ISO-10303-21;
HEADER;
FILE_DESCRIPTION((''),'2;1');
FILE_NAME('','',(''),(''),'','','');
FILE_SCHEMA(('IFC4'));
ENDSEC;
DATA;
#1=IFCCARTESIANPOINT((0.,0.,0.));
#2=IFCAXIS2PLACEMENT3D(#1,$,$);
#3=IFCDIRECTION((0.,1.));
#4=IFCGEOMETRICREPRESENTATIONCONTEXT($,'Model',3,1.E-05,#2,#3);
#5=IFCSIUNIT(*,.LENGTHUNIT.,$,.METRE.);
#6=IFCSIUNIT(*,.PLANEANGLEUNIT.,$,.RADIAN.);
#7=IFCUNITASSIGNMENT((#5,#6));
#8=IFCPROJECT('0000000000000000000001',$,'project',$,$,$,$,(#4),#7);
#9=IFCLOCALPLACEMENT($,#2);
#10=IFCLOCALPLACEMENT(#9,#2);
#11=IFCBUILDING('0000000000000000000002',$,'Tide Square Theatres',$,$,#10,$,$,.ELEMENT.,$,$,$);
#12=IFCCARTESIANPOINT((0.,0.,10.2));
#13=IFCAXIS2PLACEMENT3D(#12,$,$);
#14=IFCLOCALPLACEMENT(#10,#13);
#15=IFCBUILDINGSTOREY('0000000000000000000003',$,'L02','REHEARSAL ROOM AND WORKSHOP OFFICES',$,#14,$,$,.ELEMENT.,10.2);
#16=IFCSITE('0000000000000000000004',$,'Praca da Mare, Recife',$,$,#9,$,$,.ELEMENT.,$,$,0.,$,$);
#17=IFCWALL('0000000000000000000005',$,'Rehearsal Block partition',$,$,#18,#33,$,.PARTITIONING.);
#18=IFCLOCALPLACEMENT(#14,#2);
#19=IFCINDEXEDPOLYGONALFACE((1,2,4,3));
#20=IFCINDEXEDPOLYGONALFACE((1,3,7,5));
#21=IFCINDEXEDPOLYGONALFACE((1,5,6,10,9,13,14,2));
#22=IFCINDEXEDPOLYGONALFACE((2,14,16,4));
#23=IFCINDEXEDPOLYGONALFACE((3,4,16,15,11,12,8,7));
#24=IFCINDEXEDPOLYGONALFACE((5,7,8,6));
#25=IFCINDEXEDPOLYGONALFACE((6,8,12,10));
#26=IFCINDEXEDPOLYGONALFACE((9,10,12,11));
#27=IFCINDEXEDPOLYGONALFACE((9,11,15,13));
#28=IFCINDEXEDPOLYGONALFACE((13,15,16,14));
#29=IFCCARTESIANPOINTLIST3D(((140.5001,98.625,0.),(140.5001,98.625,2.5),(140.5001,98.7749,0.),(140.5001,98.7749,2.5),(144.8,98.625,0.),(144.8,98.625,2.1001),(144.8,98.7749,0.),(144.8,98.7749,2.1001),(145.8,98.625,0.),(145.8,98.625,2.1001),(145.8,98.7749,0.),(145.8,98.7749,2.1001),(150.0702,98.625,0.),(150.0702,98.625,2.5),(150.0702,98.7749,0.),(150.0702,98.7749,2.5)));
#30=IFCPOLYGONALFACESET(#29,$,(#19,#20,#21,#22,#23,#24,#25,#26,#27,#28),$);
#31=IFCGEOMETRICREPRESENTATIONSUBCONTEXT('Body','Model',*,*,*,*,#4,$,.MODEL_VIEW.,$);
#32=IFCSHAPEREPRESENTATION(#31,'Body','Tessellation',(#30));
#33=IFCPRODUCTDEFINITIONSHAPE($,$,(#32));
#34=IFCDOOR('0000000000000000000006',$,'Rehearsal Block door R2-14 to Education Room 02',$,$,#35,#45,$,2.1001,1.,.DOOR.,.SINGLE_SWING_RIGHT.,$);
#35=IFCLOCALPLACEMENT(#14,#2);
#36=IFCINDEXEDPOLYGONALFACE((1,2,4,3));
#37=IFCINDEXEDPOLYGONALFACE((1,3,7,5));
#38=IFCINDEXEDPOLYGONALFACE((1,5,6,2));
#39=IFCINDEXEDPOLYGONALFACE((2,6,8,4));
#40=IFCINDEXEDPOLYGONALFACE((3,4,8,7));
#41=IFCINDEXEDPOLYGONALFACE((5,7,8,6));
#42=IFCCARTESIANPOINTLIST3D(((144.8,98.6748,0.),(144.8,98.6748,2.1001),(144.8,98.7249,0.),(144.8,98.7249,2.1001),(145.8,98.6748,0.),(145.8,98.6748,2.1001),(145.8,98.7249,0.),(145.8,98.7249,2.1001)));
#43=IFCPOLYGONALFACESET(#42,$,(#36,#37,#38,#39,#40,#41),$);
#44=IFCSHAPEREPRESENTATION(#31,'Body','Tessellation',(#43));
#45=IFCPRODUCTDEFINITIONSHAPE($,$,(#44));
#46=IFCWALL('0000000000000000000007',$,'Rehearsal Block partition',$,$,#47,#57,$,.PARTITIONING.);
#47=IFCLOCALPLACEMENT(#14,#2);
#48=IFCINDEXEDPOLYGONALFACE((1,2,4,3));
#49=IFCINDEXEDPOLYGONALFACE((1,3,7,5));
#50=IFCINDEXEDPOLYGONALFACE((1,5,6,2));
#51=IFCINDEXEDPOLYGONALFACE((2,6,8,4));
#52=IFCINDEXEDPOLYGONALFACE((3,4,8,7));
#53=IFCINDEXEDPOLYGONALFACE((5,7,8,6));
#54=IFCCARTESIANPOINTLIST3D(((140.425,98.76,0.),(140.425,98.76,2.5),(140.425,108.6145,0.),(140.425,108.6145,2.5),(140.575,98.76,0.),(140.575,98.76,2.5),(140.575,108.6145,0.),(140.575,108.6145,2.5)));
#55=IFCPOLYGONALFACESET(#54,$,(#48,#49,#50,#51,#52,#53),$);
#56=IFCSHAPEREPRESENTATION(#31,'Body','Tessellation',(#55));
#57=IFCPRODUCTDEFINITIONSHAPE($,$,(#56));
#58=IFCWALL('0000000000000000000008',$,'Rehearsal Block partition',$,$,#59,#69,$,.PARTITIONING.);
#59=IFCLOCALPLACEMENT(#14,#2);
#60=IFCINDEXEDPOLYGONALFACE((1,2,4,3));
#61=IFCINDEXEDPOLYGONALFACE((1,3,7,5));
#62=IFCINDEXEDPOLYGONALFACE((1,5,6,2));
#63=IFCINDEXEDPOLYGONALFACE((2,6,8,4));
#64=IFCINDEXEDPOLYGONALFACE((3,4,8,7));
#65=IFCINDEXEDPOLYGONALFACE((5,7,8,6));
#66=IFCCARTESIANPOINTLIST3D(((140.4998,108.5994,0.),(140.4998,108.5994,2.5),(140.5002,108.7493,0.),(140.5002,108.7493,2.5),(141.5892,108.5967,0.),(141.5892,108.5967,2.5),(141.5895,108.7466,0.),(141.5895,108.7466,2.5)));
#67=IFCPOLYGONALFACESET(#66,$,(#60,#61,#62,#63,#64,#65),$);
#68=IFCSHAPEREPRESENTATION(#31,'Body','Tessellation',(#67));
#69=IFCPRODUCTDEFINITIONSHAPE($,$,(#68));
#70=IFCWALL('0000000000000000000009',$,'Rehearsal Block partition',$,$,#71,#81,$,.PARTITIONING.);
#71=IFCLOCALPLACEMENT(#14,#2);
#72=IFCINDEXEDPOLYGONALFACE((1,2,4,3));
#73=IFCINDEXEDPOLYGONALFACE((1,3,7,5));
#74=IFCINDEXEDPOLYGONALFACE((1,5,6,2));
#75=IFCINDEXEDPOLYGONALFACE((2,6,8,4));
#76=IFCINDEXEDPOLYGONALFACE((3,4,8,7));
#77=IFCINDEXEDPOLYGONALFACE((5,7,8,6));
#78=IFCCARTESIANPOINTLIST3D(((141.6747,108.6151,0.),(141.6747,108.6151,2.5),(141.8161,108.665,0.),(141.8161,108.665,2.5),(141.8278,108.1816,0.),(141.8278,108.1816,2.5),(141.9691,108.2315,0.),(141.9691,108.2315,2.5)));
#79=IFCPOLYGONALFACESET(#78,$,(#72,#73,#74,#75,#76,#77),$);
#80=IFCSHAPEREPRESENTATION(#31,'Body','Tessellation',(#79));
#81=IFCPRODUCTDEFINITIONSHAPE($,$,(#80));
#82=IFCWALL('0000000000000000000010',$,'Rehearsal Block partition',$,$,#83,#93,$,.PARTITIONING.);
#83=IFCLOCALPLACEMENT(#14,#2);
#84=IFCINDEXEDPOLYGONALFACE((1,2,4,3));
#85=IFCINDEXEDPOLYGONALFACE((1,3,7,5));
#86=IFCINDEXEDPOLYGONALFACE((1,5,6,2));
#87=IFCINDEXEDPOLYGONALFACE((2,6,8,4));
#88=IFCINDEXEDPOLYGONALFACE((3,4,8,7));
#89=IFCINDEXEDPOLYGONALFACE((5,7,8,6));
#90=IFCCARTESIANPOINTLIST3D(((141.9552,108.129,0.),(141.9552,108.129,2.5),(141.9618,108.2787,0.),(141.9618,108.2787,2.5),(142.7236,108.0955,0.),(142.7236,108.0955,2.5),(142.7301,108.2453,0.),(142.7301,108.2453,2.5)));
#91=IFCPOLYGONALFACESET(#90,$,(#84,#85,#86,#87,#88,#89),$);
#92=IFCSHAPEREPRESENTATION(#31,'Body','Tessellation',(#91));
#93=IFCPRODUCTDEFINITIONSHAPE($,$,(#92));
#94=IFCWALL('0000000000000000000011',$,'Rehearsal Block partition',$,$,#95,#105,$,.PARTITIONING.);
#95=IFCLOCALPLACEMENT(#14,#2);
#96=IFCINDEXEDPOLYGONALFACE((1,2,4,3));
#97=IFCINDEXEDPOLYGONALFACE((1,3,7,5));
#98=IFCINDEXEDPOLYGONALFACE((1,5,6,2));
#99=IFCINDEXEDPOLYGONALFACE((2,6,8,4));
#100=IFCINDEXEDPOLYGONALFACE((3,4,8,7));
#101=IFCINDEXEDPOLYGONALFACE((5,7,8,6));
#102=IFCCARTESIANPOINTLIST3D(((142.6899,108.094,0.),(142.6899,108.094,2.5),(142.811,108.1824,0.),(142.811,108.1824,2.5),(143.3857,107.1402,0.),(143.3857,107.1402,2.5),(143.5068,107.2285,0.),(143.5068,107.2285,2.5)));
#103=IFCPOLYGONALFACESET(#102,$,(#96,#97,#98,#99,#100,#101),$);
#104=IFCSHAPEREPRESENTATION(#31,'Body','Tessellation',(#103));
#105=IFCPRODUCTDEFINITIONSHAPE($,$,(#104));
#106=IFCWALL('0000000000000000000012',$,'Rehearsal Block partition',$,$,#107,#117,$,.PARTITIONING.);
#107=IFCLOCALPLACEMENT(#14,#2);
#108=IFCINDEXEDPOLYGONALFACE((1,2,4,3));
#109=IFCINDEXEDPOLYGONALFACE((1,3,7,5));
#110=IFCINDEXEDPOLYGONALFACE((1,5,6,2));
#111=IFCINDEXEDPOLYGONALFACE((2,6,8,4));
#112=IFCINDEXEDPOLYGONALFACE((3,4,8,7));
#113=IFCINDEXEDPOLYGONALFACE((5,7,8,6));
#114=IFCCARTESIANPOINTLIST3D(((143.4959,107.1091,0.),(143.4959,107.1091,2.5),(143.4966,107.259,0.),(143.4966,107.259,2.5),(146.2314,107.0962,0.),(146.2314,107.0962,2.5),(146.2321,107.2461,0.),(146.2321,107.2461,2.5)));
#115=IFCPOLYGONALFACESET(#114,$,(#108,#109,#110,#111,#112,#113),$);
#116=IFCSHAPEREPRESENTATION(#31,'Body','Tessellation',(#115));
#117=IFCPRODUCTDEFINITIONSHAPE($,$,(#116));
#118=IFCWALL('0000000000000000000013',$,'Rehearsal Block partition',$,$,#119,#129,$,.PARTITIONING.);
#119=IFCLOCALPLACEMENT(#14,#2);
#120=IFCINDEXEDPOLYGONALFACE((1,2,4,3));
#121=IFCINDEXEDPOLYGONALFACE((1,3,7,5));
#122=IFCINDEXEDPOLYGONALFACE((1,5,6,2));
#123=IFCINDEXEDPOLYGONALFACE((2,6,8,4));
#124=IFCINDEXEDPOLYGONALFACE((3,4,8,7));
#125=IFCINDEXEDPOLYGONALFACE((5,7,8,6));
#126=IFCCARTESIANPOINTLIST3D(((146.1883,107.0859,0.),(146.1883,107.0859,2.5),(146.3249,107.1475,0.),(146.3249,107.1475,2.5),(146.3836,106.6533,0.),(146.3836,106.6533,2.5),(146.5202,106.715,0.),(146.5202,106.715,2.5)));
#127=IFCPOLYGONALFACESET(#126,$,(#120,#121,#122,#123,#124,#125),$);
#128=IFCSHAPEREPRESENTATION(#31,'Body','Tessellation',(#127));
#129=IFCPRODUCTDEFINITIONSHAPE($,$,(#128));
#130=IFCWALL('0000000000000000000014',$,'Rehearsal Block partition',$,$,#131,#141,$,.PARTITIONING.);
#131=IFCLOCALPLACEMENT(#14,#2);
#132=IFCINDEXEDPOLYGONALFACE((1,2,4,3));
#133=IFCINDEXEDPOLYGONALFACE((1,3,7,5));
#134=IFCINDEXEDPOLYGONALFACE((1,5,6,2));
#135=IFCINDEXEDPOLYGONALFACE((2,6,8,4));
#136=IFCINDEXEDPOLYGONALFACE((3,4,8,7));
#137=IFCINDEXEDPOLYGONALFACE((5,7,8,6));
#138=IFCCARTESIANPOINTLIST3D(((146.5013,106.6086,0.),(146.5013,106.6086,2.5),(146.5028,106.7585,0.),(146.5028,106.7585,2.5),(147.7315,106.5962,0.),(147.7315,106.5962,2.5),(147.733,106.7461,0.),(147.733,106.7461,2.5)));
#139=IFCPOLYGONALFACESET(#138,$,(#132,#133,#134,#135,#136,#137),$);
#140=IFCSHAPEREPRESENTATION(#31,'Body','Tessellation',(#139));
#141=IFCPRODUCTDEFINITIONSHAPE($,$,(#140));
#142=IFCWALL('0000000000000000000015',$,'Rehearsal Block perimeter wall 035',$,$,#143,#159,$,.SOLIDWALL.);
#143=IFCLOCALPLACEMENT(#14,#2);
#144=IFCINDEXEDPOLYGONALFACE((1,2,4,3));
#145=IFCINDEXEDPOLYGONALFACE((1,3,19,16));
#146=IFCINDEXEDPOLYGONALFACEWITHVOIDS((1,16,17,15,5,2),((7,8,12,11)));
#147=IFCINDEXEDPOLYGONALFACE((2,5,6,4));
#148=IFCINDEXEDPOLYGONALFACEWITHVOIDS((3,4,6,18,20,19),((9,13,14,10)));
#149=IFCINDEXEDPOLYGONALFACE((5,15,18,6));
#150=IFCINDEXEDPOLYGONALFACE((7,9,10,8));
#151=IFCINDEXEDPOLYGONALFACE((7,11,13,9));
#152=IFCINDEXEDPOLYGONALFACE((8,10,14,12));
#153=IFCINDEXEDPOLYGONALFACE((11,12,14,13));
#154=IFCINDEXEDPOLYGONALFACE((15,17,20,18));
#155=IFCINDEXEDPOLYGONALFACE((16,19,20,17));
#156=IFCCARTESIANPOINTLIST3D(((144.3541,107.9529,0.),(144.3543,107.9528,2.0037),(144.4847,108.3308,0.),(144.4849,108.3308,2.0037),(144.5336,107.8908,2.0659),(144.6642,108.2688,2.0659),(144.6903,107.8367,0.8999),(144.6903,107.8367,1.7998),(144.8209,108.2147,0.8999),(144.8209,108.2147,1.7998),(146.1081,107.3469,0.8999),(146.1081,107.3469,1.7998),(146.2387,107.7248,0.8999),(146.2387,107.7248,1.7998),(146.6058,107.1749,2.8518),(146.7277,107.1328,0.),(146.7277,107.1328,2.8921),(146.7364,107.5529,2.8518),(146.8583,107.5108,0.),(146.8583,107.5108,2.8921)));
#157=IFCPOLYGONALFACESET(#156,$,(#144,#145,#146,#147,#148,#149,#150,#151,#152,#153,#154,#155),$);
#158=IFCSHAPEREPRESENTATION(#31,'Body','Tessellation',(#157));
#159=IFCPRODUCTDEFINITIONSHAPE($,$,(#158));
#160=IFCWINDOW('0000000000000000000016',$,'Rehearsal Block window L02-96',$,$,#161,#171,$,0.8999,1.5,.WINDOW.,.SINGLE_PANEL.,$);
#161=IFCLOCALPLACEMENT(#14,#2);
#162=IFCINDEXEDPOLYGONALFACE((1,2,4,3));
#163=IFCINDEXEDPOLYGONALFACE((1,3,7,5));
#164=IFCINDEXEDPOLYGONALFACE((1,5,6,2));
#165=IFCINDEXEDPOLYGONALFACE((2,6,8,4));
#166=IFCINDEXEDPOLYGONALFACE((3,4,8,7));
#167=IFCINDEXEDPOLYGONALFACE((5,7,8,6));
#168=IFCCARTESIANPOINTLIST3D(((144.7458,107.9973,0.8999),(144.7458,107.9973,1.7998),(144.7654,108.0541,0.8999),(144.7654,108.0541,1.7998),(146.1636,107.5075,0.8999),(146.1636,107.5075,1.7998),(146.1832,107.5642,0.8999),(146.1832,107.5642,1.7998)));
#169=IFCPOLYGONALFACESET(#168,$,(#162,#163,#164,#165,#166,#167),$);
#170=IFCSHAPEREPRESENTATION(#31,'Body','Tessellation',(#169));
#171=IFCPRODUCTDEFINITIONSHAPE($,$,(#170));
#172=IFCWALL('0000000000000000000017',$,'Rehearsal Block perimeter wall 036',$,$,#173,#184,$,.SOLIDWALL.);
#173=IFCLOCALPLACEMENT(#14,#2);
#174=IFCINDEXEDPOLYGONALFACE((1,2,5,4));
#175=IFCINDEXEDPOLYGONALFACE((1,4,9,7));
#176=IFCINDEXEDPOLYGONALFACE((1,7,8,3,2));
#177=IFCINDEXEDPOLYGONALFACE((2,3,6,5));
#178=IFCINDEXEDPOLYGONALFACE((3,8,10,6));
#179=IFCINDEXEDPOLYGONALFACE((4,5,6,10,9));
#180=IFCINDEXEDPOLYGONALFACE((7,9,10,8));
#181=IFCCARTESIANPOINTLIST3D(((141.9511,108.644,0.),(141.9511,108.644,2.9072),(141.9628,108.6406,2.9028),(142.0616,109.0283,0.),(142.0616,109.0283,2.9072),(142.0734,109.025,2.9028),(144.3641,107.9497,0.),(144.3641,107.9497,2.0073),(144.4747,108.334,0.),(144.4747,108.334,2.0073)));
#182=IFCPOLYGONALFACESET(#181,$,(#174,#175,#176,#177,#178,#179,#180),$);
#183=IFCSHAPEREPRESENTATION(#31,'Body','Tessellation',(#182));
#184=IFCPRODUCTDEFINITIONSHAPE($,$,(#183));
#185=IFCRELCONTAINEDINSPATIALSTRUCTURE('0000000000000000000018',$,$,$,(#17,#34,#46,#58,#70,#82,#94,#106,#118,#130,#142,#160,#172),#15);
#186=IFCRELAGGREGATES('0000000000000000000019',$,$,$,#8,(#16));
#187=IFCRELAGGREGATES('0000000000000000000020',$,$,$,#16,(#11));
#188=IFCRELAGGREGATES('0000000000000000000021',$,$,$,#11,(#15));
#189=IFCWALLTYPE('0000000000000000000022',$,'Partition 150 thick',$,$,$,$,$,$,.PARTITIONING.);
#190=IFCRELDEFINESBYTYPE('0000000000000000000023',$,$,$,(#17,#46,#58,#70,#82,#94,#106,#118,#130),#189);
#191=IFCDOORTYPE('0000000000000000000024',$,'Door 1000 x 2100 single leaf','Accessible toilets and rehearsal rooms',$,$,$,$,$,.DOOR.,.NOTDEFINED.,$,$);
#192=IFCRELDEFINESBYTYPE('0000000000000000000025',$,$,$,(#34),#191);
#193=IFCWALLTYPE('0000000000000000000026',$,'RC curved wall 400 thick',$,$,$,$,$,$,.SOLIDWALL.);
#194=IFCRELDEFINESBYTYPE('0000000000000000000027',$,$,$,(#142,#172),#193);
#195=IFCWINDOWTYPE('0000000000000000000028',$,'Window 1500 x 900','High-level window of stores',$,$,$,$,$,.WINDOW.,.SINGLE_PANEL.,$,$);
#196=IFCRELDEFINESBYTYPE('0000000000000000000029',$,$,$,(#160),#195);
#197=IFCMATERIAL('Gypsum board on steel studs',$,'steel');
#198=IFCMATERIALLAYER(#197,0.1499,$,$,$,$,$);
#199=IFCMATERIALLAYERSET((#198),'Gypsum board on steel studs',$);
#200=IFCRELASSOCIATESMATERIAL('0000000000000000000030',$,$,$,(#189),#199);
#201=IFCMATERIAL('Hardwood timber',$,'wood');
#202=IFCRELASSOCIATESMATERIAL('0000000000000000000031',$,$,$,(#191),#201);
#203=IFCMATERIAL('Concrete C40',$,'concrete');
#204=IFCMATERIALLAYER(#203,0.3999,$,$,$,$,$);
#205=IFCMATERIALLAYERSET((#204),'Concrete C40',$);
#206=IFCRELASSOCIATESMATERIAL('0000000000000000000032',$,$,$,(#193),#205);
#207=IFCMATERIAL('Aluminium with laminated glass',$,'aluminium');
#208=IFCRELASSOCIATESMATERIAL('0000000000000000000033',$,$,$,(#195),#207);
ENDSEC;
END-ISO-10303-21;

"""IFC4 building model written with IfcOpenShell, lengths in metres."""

from ifc_helpers import new_model, si_unit, direction, frame, frame_2d, origin, place, context, subcontext, project, spatial, polyline, rectangle, outline, extrude, material, layer, layer_set, type_object, element, fill, save


model = new_model("IFC4")

# Units and contexts
model_context = context("Model", 3, precision=1e-05, world=origin(), true_north=direction((0.0, 1.0)))
body_context = subcontext(model_context, "Body", "Model", "MODEL_VIEW")
ifc_project = project(units=[si_unit("LENGTHUNIT", "METRE"), si_unit("PLANEANGLEUNIT", "RADIAN")], contexts=[model_context])

# Site, building, storey
site_placement = place(None, origin())
site = spatial("IfcSite", under=ifc_project, at=site_placement, Name="Praca da Mare, Recife", CompositionType="ELEMENT", RefElevation=0.0)
building_placement = place(site_placement, origin())
building = spatial("IfcBuilding", under=site, at=building_placement, Name="Tide Square Theatres", CompositionType="ELEMENT")
storey_placement = place(building_placement, frame((0.0, 0.0, 10.2)))
storey = spatial("IfcBuildingStorey", under=building, at=storey_placement, Name="L02", Description="REHEARSAL ROOM AND WORKSHOP OFFICES", CompositionType="ELEMENT", Elevation=10.2)

# Shared definitions
ifc_material_1 = material(Name="Gypsum board on steel studs", Category="steel")
ifc_layer_1 = layer(ifc_material_1, 0.1499)
ifc_layer_set_1 = layer_set([ifc_layer_1], Name="Gypsum board on steel studs")
wall_type_1 = type_object("IfcWallType", Name="Partition 150 thick", PredefinedType="PARTITIONING", material=ifc_layer_set_1)

# Wall, opening, door
wall_1_placement = place(storey_placement, frame((140.5, 98.7, 0.0), z_axis=(0.0, 0.0, 1.0), x_axis=(1.0, 0.0, 0.0)))
wall_1 = element("IfcWall", 1, at=wall_1_placement, inside=storey, type_object=wall_type_1, Name="Rehearsal Block partition", PredefinedType="PARTITIONING", context=body_context, shape_type="SweptSolid", body=[
    extrude(rectangle(XDim=9.5701, YDim=0.1499, at=frame_2d((4.7852, 0.0))), origin(), (0.0, 0.0, 1.0), 2.5),
])
opening_1_placement = place(wall_1_placement, frame((4.3, 0.0, 0.0)))
opening_1 = element("IfcOpeningElement", 2, at=opening_1_placement, cuts=wall_1, PredefinedType="OPENING", context=body_context, shape_type="SweptSolid", body=[
    extrude(rectangle(XDim=1.0, YDim=2.1001, at=frame_2d((0.5, 1.05))), frame((0.0, 0.085, 0.0), z_axis=(0.0, -1.0, 0.0), x_axis=(1.0, 0.0, 0.0)), (0.0, 0.0, 1.0), 0.1699),
])
ifc_material_2 = material(Name="Hardwood timber", Category="wood")
door_type = type_object("IfcDoorType", Name="Door 1000 x 2100 single leaf", Description="Accessible toilets and rehearsal rooms", OperationType="NOTDEFINED", PredefinedType="DOOR", material=ifc_material_2)
door_placement = place(opening_1_placement, origin())
door = element("IfcDoor", 3, at=door_placement, inside=storey, type_object=door_type, Name="Rehearsal Block door R2-14 to Education Room 02", OperationType="SINGLE_SWING_RIGHT", OverallHeight=2.1001, OverallWidth=1.0, PredefinedType="DOOR", context=body_context, shape_type="SweptSolid", body=[
    extrude(rectangle(XDim=1.0, YDim=2.1001, at=frame_2d((0.5, 1.05))), frame((0.0, 0.0249, 0.0), z_axis=(0.0, -1.0, 0.0), x_axis=(1.0, 0.0, 0.0)), (0.0, 0.0, 1.0), 0.05),
])
fill(opening_1, door)

# Walls
wall_2_placement = place(storey_placement, frame((140.5, 108.6145, 0.0), z_axis=(0.0, 0.0, 1.0), x_axis=(0.0, -1.0, 0.0)))
element("IfcWall", 4, at=wall_2_placement, inside=storey, type_object=wall_type_1, Name="Rehearsal Block partition", PredefinedType="PARTITIONING", context=body_context, shape_type="SweptSolid", body=[
    extrude(rectangle(XDim=9.8545, YDim=0.1499, at=frame_2d((4.9272, 0.0))), origin(), (0.0, 0.0, 1.0), 2.5),
])
wall_3_placement = place(storey_placement, frame((140.5, 108.6743, 0.0), z_axis=(0.0, 0.0, 1.0), x_axis=(0.999997, -0.002465, 0.0)))
element("IfcWall", 5, at=wall_3_placement, inside=storey, type_object=wall_type_1, Name="Rehearsal Block partition", PredefinedType="PARTITIONING", context=body_context, shape_type="SweptSolid", body=[
    extrude(rectangle(XDim=1.0894, YDim=0.1499, at=frame_2d((0.5447, 0.0))), origin(), (0.0, 0.0, 1.0), 2.5),
])
wall_4_placement = place(storey_placement, frame((141.7454, 108.6401, 0.0), z_axis=(0.0, 0.0, 1.0), x_axis=(0.332903, -0.942961, 0.0)))
element("IfcWall", 6, at=wall_4_placement, inside=storey, type_object=wall_type_1, Name="Rehearsal Block partition", PredefinedType="PARTITIONING", context=body_context, shape_type="SweptSolid", body=[
    extrude(rectangle(XDim=0.4597, YDim=0.1499, at=frame_2d((0.23, 0.0))), origin(), (0.0, 0.0, 1.0), 2.5),
])
wall_5_placement = place(storey_placement, frame((141.9585, 108.2039, 0.0), z_axis=(0.0, 0.0, 1.0), x_axis=(0.999054, -0.043492, 0.0)))
element("IfcWall", 7, at=wall_5_placement, inside=storey, type_object=wall_type_1, Name="Rehearsal Block partition", PredefinedType="PARTITIONING", context=body_context, shape_type="SweptSolid", body=[
    extrude(rectangle(XDim=0.769, YDim=0.1499, at=frame_2d((0.3845, 0.0))), origin(), (0.0, 0.0, 1.0), 2.5),
])
wall_6_placement = place(storey_placement, frame((142.7505, 108.1382, 0.0), z_axis=(0.0, 0.0, 1.0), x_axis=(0.589327, -0.807895, 0.0)))
element("IfcWall", 8, at=wall_6_placement, inside=storey, type_object=wall_type_1, Name="Rehearsal Block partition", PredefinedType="PARTITIONING", context=body_context, shape_type="SweptSolid", body=[
    extrude(rectangle(XDim=1.1807, YDim=0.1499, at=frame_2d((0.5903, 0.0))), origin(), (0.0, 0.0, 1.0), 2.5),
])
wall_7_placement = place(storey_placement, frame((143.4963, 107.1841, 0.0), z_axis=(0.0, 0.0, 1.0), x_axis=(0.999989, -0.00473, 0.0)))
element("IfcWall", 9, at=wall_7_placement, inside=storey, type_object=wall_type_1, Name="Rehearsal Block partition", PredefinedType="PARTITIONING", context=body_context, shape_type="SweptSolid", body=[
    extrude(rectangle(XDim=2.7356, YDim=0.1499, at=frame_2d((1.3677, 0.0))), origin(), (0.0, 0.0, 1.0), 2.5),
])
wall_8_placement = place(storey_placement, frame((146.2566, 107.1167, 0.0), z_axis=(0.0, 0.0, 1.0), x_axis=(0.411476, -0.91142, 0.0)))
element("IfcWall", 10, at=wall_8_placement, inside=storey, type_object=wall_type_1, Name="Rehearsal Block partition", PredefinedType="PARTITIONING", context=body_context, shape_type="SweptSolid", body=[
    extrude(rectangle(XDim=0.4746, YDim=0.1499, at=frame_2d((0.2373, 0.0))), origin(), (0.0, 0.0, 1.0), 2.5),
])
wall_9_placement = place(storey_placement, frame((146.502, 106.6836, 0.0), z_axis=(0.0, 0.0, 1.0), x_axis=(0.999949, -0.010121, 0.0)))
element("IfcWall", 11, at=wall_9_placement, inside=storey, type_object=wall_type_1, Name="Rehearsal Block partition", PredefinedType="PARTITIONING", context=body_context, shape_type="SweptSolid", body=[
    extrude(rectangle(XDim=1.2302, YDim=0.1499, at=frame_2d((0.6152, 0.0))), origin(), (0.0, 0.0, 1.0), 2.5),
])

# Wall, opening, window
ifc_material_3 = material(Name="Concrete C40", Category="concrete")
ifc_layer_2 = layer(ifc_material_3, 0.3999)
ifc_layer_set_2 = layer_set([ifc_layer_2], Name="Concrete C40")
wall_type_2 = type_object("IfcWallType", Name="RC curved wall 400 thick", PredefinedType="SOLIDWALL", material=ifc_layer_set_2)
wall_10_placement = place(storey_placement, frame((146.793, 107.3218, 0.0), z_axis=(0.0, 0.0, 1.0), x_axis=(-0.945175, 0.326563, 0.0)))
wall_10 = element("IfcWall", 12, at=wall_10_placement, inside=storey, type_object=wall_type_2, Name="Rehearsal Block perimeter wall 035", PredefinedType="SOLIDWALL", context=body_context, shape_type="SweptSolid", body=[
    extrude(outline(polyline([(0.0, 0.0), (2.5112, 0.0), (2.511, 2.0037), (2.3213, 2.0659), (0.1289, 2.8518), (0.0, 2.8921), (0.0, 0.0)])), frame((0.0, 0.2, 0.0), z_axis=(0.0, -1.0, 0.0), x_axis=(1.0, 0.0, 0.0)), (0.0, 0.0, 1.0), 0.3999),
])
opening_2_placement = place(wall_10_placement, frame((0.6555, 0.0, 0.8999)))
opening_2 = element("IfcOpeningElement", 13, at=opening_2_placement, cuts=wall_10, PredefinedType="OPENING", context=body_context, shape_type="SweptSolid", body=[
    extrude(rectangle(XDim=1.5, YDim=0.8999, at=frame_2d((0.75, 0.45))), frame((0.0, 0.21, 0.0), z_axis=(0.0, -1.0, 0.0), x_axis=(1.0, 0.0, 0.0)), (0.0, 0.0, 1.0), 0.4199),
])
ifc_material_4 = material(Name="Aluminium with laminated glass", Category="aluminium")
window_type_1 = type_object("IfcWindowType", Name="Window 1500 x 900", Description="High-level window of stores", PartitioningType="SINGLE_PANEL", PredefinedType="WINDOW", material=ifc_material_4)
window_1_placement = place(opening_2_placement, origin())
window_1 = element("IfcWindow", 14, at=window_1_placement, inside=storey, type_object=window_type_1, Name="Rehearsal Block window L02-96", OverallHeight=0.8999, OverallWidth=1.5, PartitioningType="SINGLE_PANEL", PredefinedType="WINDOW", context=body_context, shape_type="SweptSolid", body=[
    extrude(rectangle(XDim=1.5, YDim=0.8999, at=frame_2d((0.75, 0.45))), frame((0.0, 0.03, 0.0), z_axis=(0.0, -1.0, 0.0), x_axis=(1.0, 0.0, 0.0)), (0.0, 0.0, 1.0), 0.0601),
])
fill(opening_2, window_1)

# Wall
wall_11_placement = place(storey_placement, frame((144.4194, 108.1418, 0.0), z_axis=(0.0, 0.0, 1.0), x_axis=(-0.961009, 0.276518, 0.0)))
element("IfcWall", 15, at=wall_11_placement, inside=storey, type_object=wall_type_2, Name="Rehearsal Block perimeter wall 036", PredefinedType="SOLIDWALL", context=body_context, shape_type="SweptSolid", body=[
    extrude(outline(polyline([(0.0, 0.0), (2.511, 0.0), (2.511, 2.9072), (2.4988, 2.9028), (0.0, 2.0073), (0.0, 0.0)])), frame((0.0, 0.2, 0.0), z_axis=(0.0, -1.0, 0.0), x_axis=(1.0, 0.0, 0.0)), (0.0, 0.0, 1.0), 0.3999),
])

save(model, "model.ifc")
